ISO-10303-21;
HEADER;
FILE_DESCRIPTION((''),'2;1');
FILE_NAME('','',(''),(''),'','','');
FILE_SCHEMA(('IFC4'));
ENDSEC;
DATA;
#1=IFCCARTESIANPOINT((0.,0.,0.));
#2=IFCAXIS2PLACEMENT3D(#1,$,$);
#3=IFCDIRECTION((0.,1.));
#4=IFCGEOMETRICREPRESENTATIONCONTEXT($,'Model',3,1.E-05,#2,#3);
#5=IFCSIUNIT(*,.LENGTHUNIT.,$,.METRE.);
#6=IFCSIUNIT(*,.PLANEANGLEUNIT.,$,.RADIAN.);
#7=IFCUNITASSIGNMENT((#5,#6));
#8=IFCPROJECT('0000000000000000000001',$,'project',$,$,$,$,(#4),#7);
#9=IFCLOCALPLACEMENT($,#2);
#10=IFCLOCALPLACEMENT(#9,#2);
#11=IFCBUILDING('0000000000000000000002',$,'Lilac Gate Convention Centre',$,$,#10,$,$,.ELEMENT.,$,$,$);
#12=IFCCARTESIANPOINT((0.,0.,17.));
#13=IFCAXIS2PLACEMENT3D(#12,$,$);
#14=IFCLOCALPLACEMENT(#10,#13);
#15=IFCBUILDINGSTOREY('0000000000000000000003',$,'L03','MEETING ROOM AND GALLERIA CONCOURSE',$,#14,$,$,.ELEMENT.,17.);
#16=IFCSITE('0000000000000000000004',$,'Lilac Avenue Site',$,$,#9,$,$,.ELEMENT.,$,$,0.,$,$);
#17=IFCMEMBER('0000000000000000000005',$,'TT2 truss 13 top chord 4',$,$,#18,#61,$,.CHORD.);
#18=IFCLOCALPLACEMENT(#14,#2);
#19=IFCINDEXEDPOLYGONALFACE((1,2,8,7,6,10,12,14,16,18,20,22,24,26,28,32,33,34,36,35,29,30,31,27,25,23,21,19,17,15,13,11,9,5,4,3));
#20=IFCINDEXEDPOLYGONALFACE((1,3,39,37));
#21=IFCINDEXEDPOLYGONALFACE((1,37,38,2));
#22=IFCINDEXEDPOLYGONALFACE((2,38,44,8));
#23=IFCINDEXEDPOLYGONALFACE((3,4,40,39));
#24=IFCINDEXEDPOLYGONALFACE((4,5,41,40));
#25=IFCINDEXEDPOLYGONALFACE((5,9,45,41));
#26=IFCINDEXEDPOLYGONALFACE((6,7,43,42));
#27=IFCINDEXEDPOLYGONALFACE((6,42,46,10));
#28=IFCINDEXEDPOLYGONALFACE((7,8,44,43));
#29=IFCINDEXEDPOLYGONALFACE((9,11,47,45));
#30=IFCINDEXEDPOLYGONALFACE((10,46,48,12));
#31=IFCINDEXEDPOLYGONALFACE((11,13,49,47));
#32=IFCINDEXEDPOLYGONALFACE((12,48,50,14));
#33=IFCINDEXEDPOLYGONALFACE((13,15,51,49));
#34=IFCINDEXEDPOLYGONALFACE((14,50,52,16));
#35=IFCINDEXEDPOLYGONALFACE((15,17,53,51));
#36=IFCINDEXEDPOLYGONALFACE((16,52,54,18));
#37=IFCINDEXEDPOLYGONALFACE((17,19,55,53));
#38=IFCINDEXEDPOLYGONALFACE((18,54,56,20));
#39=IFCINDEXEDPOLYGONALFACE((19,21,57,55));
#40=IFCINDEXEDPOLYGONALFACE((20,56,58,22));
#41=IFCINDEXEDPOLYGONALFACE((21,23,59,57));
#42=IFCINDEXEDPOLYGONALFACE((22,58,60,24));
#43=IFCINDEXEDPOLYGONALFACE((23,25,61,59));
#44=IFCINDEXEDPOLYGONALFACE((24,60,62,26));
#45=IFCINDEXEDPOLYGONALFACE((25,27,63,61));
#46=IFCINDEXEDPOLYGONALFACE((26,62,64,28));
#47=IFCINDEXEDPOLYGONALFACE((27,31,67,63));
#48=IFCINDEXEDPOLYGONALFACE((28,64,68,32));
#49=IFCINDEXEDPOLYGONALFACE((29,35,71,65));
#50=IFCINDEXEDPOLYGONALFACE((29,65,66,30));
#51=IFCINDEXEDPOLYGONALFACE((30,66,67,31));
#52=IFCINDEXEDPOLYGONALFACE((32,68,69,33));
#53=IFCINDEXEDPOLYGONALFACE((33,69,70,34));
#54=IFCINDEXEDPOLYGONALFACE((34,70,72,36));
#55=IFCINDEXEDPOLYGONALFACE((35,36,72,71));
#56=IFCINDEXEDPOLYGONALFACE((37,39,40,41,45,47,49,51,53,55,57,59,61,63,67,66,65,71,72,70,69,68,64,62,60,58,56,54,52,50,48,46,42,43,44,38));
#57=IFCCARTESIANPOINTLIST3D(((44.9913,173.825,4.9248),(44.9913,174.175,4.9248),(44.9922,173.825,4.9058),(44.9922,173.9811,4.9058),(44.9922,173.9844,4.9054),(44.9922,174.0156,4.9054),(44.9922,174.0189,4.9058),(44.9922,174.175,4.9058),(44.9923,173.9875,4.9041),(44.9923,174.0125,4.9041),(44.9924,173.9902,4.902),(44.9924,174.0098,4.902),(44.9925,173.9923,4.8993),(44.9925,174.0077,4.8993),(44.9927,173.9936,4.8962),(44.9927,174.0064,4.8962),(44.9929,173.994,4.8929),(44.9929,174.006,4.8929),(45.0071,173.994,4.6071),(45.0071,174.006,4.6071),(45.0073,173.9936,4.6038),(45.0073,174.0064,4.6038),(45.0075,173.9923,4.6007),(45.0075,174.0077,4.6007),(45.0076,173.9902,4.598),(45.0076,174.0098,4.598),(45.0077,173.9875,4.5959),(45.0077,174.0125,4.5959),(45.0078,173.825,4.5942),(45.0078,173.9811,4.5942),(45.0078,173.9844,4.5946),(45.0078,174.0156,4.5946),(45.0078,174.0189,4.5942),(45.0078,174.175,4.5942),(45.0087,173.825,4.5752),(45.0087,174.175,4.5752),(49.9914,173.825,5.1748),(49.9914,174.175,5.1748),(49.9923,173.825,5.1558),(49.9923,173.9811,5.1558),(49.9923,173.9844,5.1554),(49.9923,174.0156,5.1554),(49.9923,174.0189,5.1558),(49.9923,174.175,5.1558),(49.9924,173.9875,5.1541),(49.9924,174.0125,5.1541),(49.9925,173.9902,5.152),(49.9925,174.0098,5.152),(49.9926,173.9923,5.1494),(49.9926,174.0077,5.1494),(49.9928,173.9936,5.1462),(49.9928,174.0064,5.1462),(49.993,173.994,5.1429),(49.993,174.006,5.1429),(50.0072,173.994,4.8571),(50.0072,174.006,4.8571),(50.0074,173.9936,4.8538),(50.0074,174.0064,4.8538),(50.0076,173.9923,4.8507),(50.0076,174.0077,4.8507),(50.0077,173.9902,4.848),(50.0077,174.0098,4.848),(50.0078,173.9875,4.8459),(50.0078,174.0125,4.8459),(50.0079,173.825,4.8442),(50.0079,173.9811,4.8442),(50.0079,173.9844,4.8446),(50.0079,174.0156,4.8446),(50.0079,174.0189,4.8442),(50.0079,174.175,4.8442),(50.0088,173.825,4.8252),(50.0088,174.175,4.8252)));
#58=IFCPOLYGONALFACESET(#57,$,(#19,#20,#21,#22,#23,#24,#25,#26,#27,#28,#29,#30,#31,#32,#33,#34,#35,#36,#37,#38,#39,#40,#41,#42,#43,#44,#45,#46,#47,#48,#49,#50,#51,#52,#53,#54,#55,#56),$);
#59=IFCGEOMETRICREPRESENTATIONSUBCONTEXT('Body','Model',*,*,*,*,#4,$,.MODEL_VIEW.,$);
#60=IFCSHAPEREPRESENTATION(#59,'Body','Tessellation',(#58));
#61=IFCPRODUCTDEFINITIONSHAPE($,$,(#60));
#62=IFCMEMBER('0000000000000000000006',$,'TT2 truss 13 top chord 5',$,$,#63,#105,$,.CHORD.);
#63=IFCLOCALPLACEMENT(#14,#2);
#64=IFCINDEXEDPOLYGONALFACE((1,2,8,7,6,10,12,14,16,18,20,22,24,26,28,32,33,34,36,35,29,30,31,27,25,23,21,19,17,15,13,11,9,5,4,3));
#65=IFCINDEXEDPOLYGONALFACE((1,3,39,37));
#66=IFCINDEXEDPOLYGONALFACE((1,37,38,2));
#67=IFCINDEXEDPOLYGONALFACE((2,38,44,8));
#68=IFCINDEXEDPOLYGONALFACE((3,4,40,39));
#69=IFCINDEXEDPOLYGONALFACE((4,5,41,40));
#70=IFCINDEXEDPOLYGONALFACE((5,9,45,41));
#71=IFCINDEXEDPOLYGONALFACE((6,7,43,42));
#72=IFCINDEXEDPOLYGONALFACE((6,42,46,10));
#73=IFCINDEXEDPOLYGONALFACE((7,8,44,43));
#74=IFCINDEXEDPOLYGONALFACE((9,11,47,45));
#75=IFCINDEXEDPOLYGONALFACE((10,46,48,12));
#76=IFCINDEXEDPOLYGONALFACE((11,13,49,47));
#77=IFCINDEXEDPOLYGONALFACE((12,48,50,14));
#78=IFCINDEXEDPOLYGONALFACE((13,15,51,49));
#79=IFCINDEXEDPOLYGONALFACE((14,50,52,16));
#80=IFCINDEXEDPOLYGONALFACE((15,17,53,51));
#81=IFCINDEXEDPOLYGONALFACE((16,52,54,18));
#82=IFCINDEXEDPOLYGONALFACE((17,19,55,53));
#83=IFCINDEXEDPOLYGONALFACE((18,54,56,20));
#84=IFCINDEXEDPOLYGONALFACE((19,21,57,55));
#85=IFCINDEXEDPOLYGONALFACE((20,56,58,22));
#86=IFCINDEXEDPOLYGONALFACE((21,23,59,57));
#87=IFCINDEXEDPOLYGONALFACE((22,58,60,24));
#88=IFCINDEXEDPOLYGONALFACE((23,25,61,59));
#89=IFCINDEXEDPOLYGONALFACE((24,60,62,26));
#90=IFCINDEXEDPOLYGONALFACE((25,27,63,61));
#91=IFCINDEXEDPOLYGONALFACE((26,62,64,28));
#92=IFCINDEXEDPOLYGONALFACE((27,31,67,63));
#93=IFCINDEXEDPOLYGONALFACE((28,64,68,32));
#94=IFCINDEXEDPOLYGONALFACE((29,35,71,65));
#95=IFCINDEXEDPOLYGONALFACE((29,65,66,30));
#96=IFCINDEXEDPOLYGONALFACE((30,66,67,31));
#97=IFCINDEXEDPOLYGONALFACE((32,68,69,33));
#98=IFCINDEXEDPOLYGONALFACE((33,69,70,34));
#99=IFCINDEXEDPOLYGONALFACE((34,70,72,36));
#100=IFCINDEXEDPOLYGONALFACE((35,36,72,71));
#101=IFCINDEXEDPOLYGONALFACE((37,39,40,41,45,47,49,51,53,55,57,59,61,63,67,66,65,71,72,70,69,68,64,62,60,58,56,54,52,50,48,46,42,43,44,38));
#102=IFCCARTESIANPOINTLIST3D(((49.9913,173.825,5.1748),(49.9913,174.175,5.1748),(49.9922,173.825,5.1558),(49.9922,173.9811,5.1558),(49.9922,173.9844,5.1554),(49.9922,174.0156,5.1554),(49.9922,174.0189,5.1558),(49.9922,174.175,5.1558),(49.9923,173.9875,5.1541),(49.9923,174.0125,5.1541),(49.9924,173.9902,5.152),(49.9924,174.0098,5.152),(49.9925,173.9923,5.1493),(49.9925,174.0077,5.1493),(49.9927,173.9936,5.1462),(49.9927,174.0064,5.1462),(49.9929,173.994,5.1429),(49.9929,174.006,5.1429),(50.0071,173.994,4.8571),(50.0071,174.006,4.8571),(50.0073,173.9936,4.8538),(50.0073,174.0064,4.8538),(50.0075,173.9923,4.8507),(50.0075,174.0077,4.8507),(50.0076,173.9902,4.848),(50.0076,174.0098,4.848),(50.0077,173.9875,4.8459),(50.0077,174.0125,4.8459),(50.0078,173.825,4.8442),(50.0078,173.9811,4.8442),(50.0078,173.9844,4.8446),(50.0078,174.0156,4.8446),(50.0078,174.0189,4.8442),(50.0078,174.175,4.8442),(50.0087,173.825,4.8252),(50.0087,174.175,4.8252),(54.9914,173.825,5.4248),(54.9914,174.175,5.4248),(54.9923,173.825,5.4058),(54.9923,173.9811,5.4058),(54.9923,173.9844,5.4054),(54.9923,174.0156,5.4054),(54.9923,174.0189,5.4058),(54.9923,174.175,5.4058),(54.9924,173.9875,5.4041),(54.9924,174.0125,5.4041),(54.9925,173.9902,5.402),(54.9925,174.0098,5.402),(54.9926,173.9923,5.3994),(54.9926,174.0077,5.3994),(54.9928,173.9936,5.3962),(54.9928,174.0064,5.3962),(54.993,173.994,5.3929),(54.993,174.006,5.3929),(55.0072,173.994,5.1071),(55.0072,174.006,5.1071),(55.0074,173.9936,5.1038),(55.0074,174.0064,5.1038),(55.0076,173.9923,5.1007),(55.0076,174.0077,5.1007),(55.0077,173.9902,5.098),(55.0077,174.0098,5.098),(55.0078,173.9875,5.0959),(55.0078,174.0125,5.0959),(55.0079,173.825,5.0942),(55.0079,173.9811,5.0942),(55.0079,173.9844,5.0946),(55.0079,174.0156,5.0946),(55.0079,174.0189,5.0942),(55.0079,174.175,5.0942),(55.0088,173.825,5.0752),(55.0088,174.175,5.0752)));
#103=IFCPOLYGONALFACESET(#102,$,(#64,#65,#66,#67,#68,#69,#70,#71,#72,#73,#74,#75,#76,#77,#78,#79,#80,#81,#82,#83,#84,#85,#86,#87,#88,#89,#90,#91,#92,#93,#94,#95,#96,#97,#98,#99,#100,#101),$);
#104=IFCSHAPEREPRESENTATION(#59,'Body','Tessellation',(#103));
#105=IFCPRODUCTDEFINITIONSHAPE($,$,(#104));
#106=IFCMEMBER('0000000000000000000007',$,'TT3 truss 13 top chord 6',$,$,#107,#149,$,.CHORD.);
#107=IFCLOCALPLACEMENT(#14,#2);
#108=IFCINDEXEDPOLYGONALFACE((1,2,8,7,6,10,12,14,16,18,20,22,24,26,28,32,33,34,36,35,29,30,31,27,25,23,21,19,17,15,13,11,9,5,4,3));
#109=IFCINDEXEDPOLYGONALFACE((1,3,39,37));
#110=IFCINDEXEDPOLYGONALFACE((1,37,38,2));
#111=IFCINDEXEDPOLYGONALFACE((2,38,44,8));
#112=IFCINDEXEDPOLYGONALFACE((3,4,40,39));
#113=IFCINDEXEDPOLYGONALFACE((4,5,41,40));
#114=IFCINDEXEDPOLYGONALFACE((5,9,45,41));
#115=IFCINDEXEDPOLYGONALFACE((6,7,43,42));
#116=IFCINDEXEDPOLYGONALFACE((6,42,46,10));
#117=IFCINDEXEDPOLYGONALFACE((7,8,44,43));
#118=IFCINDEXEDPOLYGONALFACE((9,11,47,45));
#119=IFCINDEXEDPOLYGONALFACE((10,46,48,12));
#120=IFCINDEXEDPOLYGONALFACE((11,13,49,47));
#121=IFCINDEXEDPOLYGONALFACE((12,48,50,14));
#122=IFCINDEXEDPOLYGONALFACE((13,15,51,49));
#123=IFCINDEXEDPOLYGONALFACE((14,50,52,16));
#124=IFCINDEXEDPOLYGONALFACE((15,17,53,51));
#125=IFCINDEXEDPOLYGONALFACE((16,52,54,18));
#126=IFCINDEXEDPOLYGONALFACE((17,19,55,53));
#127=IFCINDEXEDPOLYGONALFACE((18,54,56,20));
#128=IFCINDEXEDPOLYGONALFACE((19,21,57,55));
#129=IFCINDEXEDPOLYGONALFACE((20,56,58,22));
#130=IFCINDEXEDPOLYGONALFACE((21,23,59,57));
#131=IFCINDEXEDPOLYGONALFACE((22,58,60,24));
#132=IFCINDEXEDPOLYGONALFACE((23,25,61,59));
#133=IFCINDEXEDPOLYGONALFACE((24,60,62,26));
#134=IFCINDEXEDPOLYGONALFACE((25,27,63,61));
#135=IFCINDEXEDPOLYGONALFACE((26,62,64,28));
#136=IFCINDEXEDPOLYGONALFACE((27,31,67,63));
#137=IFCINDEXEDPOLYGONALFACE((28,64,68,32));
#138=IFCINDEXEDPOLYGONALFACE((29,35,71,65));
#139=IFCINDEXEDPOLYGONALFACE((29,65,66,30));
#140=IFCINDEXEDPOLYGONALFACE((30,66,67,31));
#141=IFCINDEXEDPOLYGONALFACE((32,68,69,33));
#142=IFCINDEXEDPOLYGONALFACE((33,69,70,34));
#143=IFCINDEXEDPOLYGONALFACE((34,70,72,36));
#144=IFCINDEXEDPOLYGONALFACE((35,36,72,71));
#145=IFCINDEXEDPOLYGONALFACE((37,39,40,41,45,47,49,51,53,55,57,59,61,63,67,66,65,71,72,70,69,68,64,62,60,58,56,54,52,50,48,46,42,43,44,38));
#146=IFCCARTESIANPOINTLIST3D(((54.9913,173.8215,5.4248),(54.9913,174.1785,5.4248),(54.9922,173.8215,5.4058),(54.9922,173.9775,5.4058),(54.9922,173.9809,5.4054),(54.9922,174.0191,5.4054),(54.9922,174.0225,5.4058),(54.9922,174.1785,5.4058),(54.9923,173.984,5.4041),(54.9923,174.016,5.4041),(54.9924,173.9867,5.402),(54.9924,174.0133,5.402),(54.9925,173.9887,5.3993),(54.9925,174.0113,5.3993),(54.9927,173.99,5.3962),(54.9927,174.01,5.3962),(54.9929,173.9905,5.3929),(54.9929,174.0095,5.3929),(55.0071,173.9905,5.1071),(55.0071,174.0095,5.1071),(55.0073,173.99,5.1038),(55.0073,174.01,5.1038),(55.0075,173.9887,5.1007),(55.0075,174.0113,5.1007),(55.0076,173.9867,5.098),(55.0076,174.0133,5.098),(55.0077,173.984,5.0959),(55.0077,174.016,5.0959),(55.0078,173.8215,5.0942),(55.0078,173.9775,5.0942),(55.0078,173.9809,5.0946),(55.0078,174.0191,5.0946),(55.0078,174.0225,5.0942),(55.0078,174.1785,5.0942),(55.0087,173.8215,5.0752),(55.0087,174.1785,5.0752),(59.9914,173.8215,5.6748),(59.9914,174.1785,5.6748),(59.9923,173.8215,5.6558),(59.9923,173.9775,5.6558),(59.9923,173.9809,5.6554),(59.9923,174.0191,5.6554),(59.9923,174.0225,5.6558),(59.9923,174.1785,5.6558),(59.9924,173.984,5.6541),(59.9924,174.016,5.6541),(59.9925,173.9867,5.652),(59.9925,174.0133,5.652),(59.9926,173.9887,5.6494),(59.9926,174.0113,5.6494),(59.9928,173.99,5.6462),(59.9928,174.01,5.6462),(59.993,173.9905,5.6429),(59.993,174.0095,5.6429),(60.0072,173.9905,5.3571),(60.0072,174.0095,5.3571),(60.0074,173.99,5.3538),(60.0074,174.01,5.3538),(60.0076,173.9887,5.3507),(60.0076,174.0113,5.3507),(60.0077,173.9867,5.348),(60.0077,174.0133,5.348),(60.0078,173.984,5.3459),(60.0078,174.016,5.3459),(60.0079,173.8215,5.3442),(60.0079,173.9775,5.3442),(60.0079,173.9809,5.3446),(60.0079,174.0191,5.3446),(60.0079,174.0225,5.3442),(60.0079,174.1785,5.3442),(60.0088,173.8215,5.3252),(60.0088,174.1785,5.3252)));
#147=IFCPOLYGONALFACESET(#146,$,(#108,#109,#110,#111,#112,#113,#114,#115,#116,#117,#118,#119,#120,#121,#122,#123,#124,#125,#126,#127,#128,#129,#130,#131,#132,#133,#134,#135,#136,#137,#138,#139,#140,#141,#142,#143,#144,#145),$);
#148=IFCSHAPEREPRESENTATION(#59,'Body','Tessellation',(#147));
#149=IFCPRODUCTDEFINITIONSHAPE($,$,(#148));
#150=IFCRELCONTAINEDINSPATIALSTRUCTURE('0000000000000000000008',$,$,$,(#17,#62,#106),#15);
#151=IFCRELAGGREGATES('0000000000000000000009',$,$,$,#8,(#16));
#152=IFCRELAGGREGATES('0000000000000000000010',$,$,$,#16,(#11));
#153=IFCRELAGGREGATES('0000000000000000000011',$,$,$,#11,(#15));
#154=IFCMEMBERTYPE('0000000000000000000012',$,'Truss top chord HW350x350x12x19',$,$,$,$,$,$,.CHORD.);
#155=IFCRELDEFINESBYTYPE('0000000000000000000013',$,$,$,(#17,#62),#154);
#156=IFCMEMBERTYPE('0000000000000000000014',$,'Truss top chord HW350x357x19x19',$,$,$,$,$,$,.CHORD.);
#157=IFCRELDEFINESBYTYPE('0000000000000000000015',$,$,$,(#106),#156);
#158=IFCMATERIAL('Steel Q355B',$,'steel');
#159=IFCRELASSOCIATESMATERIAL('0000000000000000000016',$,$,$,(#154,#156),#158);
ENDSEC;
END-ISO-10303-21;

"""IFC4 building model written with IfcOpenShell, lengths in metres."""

from ifc_helpers import new_model, si_unit, direction, frame, origin, origin_2d, place, context, subcontext, project, spatial, i_section, extrude, material, material_profile, profile_set, type_object, element, save


model = new_model("IFC4")

# Units and contexts
model_context = context("Model", 3, precision=1e-05, world=origin(), true_north=direction((0.0, 1.0)))
body_context = subcontext(model_context, "Body", "Model", "MODEL_VIEW")
ifc_project = project(units=[si_unit("LENGTHUNIT", "METRE"), si_unit("PLANEANGLEUNIT", "RADIAN")], contexts=[model_context])

# Site, building, storey
site_placement = place(None, origin())
site = spatial("IfcSite", under=ifc_project, at=site_placement, Name="Lilac Avenue Site", CompositionType="ELEMENT", RefElevation=0.0)
building_placement = place(site_placement, origin())
building = spatial("IfcBuilding", under=site, at=building_placement, Name="Lilac Gate Convention Centre", CompositionType="ELEMENT")
storey_placement = place(building_placement, frame((0.0, 0.0, 17.0)))
storey = spatial("IfcBuildingStorey", under=building, at=storey_placement, Name="L03", Description="MEETING ROOM AND GALLERIA CONCOURSE", CompositionType="ELEMENT", Elevation=17.0)

# Members
ifc_material = material(Name="Steel Q355B", Category="steel")
ifc_material_profile_1 = material_profile(ifc_material, i_section(OverallWidth=0.3501, OverallDepth=0.3501, WebThickness=0.012, FlangeThickness=0.019, FilletRadius=0.0129, at=origin_2d()), Name="HW350x350x12x19")
ifc_profile_set_1 = profile_set([ifc_material_profile_1], Name="Steel Q355B")
member_type_1 = type_object("IfcMemberType", Name="Truss top chord HW350x350x12x19", PredefinedType="CHORD", material=ifc_profile_set_1)
for number, where, z_axis, x_axis, name in (
    (1, (45.0, 174.0, 4.75), (0.998752, 0.0, 0.049938), (0.0, 1.0, 0.0), "TT2 truss 13 top chord 4"),
    (2, (50.0, 174.0, 5.0), (0.998752, 0.0, 0.049938), (0.0, 1.0, 0.0), "TT2 truss 13 top chord 5"),
):
    element("IfcMember", number, at=place(storey_placement, frame(where, z_axis=z_axis, x_axis=x_axis)), inside=storey, type_object=member_type_1, Name=name, PredefinedType="CHORD", context=body_context, shape_type="SweptSolid", body=[
        extrude(i_section(OverallWidth=0.3501, OverallDepth=0.3501, WebThickness=0.012, FlangeThickness=0.019, FilletRadius=0.0129, at=origin_2d()), origin(), (0.0, 0.0, 1.0), 5.0063),
    ])
ifc_material_profile_2 = material_profile(ifc_material, i_section(OverallWidth=0.3569, OverallDepth=0.3501, WebThickness=0.019, FlangeThickness=0.019, FilletRadius=0.0129, at=origin_2d()), Name="HW350x357x19x19")
ifc_profile_set_2 = profile_set([ifc_material_profile_2], Name="Steel Q355B")
member_type_2 = type_object("IfcMemberType", Name="Truss top chord HW350x357x19x19", PredefinedType="CHORD", material=ifc_profile_set_2)
member_1_placement = place(storey_placement, frame((55.0, 174.0, 5.25), z_axis=(0.998752, 0.0, 0.049938), x_axis=(0.0, 1.0, 0.0)))
element("IfcMember", 3, at=member_1_placement, inside=storey, type_object=member_type_2, Name="TT3 truss 13 top chord 6", PredefinedType="CHORD", context=body_context, shape_type="SweptSolid", body=[
    extrude(i_section(OverallWidth=0.3569, OverallDepth=0.3501, WebThickness=0.019, FlangeThickness=0.019, FilletRadius=0.0129, at=origin_2d()), origin(), (0.0, 0.0, 1.0), 5.0063),
])

save(model, "model.ifc")
